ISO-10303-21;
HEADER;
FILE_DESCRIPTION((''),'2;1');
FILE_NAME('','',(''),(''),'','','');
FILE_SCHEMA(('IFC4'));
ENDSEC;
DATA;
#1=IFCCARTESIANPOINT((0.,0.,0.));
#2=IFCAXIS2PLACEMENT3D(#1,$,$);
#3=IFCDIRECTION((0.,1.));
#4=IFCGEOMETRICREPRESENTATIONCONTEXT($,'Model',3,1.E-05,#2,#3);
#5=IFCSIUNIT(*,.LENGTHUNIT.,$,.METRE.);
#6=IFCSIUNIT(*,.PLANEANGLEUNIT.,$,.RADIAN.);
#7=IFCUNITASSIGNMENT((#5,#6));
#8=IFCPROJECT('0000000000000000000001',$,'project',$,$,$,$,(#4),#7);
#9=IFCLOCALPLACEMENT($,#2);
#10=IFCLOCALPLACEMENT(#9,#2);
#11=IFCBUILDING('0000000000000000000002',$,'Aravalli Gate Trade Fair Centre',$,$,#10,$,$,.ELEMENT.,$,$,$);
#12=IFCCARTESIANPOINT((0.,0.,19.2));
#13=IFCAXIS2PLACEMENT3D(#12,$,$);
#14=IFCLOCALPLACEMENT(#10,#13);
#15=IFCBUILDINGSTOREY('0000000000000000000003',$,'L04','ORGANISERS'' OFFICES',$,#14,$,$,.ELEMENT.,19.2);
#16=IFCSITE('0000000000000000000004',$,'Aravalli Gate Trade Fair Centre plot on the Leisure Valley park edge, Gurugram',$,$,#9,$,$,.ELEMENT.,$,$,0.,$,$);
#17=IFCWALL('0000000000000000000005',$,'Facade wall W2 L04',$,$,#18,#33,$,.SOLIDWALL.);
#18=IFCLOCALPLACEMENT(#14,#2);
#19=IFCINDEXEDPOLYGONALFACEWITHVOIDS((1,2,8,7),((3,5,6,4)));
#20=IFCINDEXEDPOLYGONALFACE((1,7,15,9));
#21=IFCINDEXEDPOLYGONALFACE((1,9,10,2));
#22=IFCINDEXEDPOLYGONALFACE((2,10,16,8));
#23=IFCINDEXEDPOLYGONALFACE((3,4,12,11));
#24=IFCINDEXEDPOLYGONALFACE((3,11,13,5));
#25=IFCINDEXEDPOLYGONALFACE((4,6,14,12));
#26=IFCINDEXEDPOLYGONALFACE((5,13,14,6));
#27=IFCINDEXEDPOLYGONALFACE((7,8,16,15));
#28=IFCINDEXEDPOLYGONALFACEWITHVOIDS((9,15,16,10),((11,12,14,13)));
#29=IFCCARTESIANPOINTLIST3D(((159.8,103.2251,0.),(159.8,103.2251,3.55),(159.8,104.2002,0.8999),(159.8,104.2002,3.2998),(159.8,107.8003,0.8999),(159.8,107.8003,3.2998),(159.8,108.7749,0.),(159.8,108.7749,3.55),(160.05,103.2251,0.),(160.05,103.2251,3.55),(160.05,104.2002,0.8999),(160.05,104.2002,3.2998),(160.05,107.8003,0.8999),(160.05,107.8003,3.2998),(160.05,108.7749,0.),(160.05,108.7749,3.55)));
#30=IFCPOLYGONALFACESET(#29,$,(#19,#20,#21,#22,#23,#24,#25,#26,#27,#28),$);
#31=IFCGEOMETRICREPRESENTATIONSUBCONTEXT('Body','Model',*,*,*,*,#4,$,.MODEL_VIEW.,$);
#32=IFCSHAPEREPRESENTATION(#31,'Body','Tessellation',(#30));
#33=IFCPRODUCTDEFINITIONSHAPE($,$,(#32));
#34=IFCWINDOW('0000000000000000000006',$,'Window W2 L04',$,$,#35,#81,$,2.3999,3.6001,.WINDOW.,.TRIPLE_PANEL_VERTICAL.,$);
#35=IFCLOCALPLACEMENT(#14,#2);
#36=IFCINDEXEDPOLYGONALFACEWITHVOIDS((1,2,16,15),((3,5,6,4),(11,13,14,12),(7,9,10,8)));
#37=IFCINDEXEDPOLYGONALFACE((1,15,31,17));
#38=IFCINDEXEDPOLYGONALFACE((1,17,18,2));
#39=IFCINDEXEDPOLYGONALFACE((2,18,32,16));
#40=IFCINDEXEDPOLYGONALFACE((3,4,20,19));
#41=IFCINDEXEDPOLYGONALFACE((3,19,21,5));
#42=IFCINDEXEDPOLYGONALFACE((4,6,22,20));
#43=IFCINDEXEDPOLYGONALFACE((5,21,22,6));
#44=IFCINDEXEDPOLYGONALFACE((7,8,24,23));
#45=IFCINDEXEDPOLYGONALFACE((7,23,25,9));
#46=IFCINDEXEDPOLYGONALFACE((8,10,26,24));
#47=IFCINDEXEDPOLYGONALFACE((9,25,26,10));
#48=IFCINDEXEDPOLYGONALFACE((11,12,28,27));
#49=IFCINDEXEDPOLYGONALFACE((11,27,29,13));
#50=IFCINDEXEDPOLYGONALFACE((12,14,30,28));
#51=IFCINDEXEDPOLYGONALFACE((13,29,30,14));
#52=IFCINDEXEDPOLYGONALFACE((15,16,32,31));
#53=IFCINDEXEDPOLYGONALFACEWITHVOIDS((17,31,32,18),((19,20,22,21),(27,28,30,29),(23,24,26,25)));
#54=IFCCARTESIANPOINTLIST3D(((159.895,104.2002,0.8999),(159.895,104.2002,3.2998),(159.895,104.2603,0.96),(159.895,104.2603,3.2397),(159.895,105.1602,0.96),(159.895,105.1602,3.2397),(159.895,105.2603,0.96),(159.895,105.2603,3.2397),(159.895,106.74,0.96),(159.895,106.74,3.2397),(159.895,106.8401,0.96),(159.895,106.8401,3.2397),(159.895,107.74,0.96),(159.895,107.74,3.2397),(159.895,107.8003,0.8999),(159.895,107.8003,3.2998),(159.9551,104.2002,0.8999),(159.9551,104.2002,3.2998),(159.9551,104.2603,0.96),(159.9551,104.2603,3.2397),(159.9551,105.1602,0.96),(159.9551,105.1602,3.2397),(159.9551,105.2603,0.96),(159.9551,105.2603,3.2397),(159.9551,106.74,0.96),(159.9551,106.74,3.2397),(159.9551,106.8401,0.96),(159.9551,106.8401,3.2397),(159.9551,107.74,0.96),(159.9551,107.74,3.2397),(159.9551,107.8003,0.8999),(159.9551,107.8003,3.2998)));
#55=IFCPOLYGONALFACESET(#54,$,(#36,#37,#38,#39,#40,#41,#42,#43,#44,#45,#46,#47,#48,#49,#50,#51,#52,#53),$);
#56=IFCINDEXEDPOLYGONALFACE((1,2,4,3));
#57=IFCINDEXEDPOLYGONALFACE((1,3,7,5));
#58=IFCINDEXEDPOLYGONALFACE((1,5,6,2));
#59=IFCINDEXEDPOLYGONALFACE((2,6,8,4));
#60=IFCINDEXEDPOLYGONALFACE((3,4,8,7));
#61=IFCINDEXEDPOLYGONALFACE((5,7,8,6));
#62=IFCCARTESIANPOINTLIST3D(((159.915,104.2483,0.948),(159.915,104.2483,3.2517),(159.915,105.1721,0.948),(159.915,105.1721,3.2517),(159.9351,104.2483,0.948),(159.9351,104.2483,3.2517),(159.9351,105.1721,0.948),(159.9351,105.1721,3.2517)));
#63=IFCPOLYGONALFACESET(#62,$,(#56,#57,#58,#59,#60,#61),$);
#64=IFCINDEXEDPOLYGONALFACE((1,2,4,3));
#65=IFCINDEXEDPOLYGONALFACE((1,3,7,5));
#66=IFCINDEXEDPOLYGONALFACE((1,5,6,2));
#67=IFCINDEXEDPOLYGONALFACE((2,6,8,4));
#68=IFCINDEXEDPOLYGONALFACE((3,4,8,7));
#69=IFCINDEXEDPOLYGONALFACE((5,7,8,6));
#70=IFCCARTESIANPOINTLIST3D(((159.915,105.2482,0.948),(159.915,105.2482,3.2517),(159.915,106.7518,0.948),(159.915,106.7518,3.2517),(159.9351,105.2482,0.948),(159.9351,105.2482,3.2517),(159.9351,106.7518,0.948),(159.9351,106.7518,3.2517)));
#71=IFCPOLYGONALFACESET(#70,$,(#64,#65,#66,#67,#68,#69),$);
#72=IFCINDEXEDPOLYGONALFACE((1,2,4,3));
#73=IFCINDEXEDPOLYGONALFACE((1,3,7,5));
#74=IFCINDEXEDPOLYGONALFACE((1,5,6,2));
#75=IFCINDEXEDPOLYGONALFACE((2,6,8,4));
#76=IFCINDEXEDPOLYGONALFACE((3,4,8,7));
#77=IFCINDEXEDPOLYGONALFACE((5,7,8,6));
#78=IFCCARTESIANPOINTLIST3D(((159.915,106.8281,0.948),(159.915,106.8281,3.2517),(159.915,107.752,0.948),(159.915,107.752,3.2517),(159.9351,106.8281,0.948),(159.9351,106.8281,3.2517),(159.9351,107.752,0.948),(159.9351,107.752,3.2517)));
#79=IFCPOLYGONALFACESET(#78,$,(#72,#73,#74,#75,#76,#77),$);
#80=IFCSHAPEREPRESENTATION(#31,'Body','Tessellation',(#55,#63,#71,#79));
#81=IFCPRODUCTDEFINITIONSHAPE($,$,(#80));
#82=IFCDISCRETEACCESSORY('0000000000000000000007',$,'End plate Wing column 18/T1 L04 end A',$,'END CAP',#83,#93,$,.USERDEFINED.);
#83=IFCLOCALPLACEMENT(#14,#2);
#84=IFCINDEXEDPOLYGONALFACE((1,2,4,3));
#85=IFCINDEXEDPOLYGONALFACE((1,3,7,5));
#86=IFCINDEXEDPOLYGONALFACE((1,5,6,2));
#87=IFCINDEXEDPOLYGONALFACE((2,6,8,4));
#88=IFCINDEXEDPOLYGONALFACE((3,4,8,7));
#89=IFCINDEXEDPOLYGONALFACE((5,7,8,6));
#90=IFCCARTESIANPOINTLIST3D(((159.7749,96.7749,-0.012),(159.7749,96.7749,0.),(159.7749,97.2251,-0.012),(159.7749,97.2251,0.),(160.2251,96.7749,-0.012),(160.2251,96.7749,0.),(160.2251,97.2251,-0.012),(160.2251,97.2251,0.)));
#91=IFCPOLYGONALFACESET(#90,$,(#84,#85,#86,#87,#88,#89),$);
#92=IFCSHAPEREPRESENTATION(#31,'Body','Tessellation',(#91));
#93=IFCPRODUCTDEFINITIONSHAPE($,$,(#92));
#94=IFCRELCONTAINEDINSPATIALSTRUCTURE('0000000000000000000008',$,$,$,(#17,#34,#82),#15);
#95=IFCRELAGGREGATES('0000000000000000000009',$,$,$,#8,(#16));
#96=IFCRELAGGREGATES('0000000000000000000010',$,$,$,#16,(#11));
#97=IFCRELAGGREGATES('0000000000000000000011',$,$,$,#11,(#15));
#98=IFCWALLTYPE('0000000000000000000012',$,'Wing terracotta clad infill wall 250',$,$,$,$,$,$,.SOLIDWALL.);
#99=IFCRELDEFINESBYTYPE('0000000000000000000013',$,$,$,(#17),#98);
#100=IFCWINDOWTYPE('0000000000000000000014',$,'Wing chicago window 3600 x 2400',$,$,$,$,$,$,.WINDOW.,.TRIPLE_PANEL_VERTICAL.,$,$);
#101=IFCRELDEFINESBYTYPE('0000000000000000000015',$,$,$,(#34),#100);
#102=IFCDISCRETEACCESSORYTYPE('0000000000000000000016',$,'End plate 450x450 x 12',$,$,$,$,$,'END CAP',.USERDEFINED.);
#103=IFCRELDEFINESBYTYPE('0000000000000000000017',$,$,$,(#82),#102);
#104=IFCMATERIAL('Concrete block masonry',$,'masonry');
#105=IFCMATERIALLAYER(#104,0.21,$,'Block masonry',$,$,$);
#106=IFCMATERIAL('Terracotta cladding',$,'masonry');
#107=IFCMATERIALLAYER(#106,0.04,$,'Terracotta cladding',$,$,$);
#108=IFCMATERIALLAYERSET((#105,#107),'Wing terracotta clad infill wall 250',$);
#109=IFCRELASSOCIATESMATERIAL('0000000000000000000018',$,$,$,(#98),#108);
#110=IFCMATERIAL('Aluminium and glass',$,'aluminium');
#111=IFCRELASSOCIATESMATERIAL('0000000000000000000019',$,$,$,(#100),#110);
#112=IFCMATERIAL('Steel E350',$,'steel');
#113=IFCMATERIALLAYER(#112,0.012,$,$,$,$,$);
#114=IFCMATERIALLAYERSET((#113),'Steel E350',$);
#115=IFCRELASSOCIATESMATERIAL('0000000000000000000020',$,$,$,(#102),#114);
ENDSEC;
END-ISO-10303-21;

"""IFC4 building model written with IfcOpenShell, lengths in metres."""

from ifc_helpers import new_model, si_unit, direction, frame, frame_2d, origin, place, context, subcontext, project, spatial, polyline, rectangle, outline, extrude, material, layer, layer_set, type_object, element, fill, save


model = new_model("IFC4")

# Units and contexts
model_context = context("Model", 3, precision=1e-05, world=origin(), true_north=direction((0.0, 1.0)))
body_context = subcontext(model_context, "Body", "Model", "MODEL_VIEW")
ifc_project = project(units=[si_unit("LENGTHUNIT", "METRE"), si_unit("PLANEANGLEUNIT", "RADIAN")], contexts=[model_context])

# Site, building, storey
site_placement = place(None, origin())
site = spatial("IfcSite", under=ifc_project, at=site_placement, Name="Aravalli Gate Trade Fair Centre plot on the Leisure Valley park edge, Gurugram", CompositionType="ELEMENT", RefElevation=0.0)
building_placement = place(site_placement, origin())
building = spatial("IfcBuilding", under=site, at=building_placement, Name="Aravalli Gate Trade Fair Centre", CompositionType="ELEMENT")
storey_placement = place(building_placement, frame((0.0, 0.0, 19.2)))
storey = spatial("IfcBuildingStorey", under=building, at=storey_placement, Name="L04", Description="ORGANISERS' OFFICES", CompositionType="ELEMENT", Elevation=19.2)

# Shared definitions
ifc_material_1 = material(Name="Steel E350", Category="steel")

# Shared definitions
ifc_material_2 = material(Name="Aluminium and glass", Category="aluminium")

# Wall, opening, window
ifc_material_3 = material(Name="Concrete block masonry", Category="masonry")
ifc_layer_1 = layer(ifc_material_3, 0.21, Name="Block masonry")
ifc_material_4 = material(Name="Terracotta cladding", Category="masonry")
ifc_layer_2 = layer(ifc_material_4, 0.04, Name="Terracotta cladding")
ifc_layer_set_1 = layer_set([ifc_layer_1, ifc_layer_2], Name="Wing terracotta clad infill wall 250")
wall_type_1 = type_object("IfcWallType", Name="Wing terracotta clad infill wall 250", PredefinedType="SOLIDWALL", material=ifc_layer_set_1)
window_type_1 = type_object("IfcWindowType", Name="Wing chicago window 3600 x 2400", PartitioningType="TRIPLE_PANEL_VERTICAL", PredefinedType="WINDOW", material=ifc_material_2)
wall_1_placement = place(storey_placement, frame((159.925, 103.2251, 0.0), z_axis=(0.0, 0.0, 1.0), x_axis=(0.0, 1.0, 0.0)))
wall_1 = element("IfcWall", 1, at=wall_1_placement, inside=storey, type_object=wall_type_1, Name="Facade wall W2 L04", PredefinedType="SOLIDWALL", context=body_context, shape_type="SweptSolid", body=[
    extrude(rectangle(XDim=5.5498, YDim=0.25, at=frame_2d((2.7749, 0.0))), origin(), (0.0, 0.0, 1.0), 3.55),
])
opening_1_placement = place(wall_1_placement, frame((0.9751, 0.0, 0.8999)))
opening_1 = element("IfcOpeningElement", 2, at=opening_1_placement, cuts=wall_1, PredefinedType="OPENING", context=body_context, shape_type="SweptSolid", body=[
    extrude(rectangle(XDim=3.6001, YDim=2.3999, at=frame_2d((1.8, 1.2))), frame((0.0, 0.135, 0.0), z_axis=(0.0, -1.0, 0.0), x_axis=(1.0, 0.0, 0.0)), (0.0, 0.0, 1.0), 0.27),
])
window_1_placement = place(opening_1_placement, origin())
window_1 = element("IfcWindow", 3, at=window_1_placement, inside=storey, type_object=window_type_1, Name="Window W2 L04", OverallHeight=2.3999, OverallWidth=3.6001, PartitioningType="TRIPLE_PANEL_VERTICAL", PredefinedType="WINDOW", context=body_context, shape_type="SweptSolid", body=[
    extrude(outline(polyline([(0.0, 0.0), (3.6001, 0.0), (3.6001, 2.3999), (0.0, 2.3999), (0.0, 0.0)]), holes=[polyline([(0.0601, 0.0601), (0.96, 0.0601), (0.96, 2.3398), (0.0601, 2.3398), (0.0601, 0.0601)]), polyline([(1.0601, 0.0601), (2.5398, 0.0601), (2.5398, 2.3398), (1.0601, 2.3398), (1.0601, 0.0601)]), polyline([(2.6399, 0.0601), (3.5398, 0.0601), (3.5398, 2.3398), (2.6399, 2.3398), (2.6399, 0.0601)])]), frame((0.0, 0.03, 0.0), z_axis=(0.0, -1.0, 0.0), x_axis=(1.0, 0.0, 0.0)), (0.0, 0.0, 1.0), 0.0601),
    extrude(rectangle(XDim=0.9238, YDim=2.3037, at=frame_2d((0.51, 1.2))), frame((0.0, 0.01, 0.0), z_axis=(0.0, -1.0, 0.0), x_axis=(1.0, 0.0, 0.0)), (0.0, 0.0, 1.0), 0.02),
    extrude(rectangle(XDim=1.5037, YDim=2.3037, at=frame_2d((1.7998, 1.2))), frame((0.0, 0.01, 0.0), z_axis=(0.0, -1.0, 0.0), x_axis=(1.0, 0.0, 0.0)), (0.0, 0.0, 1.0), 0.02),
    extrude(rectangle(XDim=0.9238, YDim=2.3037, at=frame_2d((3.0898, 1.2))), frame((0.0, 0.01, 0.0), z_axis=(0.0, -1.0, 0.0), x_axis=(1.0, 0.0, 0.0)), (0.0, 0.0, 1.0), 0.02),
])
fill(opening_1, window_1)

# Discrete accessory
ifc_layer_3 = layer(ifc_material_1, 0.012)
ifc_layer_set_2 = layer_set([ifc_layer_3], Name="Steel E350")
discrete_accessory_type = type_object("IfcDiscreteAccessoryType", Name="End plate 450x450 x 12", ElementType="END CAP", PredefinedType="USERDEFINED", material=ifc_layer_set_2)
discrete_accessory_placement = place(storey_placement, frame((159.7749, 96.7749, 0.0), z_axis=(0.0, 0.0, 1.0), x_axis=(1.0, 0.0, 0.0)))
element("IfcDiscreteAccessory", 4, at=discrete_accessory_placement, inside=storey, type_object=discrete_accessory_type, Name="End plate Wing column 18/T1 L04 end A", ObjectType="END CAP", PredefinedType="USERDEFINED", context=body_context, shape_type="SweptSolid", body=[
    extrude(outline(polyline([(0.0, 0.0), (0.4502, 0.0), (0.4502, 0.4502), (0.0, 0.4502), (0.0, 0.0)])), origin(), (0.0, 0.0, -1.0), 0.012),
])

save(model, "model.ifc")
